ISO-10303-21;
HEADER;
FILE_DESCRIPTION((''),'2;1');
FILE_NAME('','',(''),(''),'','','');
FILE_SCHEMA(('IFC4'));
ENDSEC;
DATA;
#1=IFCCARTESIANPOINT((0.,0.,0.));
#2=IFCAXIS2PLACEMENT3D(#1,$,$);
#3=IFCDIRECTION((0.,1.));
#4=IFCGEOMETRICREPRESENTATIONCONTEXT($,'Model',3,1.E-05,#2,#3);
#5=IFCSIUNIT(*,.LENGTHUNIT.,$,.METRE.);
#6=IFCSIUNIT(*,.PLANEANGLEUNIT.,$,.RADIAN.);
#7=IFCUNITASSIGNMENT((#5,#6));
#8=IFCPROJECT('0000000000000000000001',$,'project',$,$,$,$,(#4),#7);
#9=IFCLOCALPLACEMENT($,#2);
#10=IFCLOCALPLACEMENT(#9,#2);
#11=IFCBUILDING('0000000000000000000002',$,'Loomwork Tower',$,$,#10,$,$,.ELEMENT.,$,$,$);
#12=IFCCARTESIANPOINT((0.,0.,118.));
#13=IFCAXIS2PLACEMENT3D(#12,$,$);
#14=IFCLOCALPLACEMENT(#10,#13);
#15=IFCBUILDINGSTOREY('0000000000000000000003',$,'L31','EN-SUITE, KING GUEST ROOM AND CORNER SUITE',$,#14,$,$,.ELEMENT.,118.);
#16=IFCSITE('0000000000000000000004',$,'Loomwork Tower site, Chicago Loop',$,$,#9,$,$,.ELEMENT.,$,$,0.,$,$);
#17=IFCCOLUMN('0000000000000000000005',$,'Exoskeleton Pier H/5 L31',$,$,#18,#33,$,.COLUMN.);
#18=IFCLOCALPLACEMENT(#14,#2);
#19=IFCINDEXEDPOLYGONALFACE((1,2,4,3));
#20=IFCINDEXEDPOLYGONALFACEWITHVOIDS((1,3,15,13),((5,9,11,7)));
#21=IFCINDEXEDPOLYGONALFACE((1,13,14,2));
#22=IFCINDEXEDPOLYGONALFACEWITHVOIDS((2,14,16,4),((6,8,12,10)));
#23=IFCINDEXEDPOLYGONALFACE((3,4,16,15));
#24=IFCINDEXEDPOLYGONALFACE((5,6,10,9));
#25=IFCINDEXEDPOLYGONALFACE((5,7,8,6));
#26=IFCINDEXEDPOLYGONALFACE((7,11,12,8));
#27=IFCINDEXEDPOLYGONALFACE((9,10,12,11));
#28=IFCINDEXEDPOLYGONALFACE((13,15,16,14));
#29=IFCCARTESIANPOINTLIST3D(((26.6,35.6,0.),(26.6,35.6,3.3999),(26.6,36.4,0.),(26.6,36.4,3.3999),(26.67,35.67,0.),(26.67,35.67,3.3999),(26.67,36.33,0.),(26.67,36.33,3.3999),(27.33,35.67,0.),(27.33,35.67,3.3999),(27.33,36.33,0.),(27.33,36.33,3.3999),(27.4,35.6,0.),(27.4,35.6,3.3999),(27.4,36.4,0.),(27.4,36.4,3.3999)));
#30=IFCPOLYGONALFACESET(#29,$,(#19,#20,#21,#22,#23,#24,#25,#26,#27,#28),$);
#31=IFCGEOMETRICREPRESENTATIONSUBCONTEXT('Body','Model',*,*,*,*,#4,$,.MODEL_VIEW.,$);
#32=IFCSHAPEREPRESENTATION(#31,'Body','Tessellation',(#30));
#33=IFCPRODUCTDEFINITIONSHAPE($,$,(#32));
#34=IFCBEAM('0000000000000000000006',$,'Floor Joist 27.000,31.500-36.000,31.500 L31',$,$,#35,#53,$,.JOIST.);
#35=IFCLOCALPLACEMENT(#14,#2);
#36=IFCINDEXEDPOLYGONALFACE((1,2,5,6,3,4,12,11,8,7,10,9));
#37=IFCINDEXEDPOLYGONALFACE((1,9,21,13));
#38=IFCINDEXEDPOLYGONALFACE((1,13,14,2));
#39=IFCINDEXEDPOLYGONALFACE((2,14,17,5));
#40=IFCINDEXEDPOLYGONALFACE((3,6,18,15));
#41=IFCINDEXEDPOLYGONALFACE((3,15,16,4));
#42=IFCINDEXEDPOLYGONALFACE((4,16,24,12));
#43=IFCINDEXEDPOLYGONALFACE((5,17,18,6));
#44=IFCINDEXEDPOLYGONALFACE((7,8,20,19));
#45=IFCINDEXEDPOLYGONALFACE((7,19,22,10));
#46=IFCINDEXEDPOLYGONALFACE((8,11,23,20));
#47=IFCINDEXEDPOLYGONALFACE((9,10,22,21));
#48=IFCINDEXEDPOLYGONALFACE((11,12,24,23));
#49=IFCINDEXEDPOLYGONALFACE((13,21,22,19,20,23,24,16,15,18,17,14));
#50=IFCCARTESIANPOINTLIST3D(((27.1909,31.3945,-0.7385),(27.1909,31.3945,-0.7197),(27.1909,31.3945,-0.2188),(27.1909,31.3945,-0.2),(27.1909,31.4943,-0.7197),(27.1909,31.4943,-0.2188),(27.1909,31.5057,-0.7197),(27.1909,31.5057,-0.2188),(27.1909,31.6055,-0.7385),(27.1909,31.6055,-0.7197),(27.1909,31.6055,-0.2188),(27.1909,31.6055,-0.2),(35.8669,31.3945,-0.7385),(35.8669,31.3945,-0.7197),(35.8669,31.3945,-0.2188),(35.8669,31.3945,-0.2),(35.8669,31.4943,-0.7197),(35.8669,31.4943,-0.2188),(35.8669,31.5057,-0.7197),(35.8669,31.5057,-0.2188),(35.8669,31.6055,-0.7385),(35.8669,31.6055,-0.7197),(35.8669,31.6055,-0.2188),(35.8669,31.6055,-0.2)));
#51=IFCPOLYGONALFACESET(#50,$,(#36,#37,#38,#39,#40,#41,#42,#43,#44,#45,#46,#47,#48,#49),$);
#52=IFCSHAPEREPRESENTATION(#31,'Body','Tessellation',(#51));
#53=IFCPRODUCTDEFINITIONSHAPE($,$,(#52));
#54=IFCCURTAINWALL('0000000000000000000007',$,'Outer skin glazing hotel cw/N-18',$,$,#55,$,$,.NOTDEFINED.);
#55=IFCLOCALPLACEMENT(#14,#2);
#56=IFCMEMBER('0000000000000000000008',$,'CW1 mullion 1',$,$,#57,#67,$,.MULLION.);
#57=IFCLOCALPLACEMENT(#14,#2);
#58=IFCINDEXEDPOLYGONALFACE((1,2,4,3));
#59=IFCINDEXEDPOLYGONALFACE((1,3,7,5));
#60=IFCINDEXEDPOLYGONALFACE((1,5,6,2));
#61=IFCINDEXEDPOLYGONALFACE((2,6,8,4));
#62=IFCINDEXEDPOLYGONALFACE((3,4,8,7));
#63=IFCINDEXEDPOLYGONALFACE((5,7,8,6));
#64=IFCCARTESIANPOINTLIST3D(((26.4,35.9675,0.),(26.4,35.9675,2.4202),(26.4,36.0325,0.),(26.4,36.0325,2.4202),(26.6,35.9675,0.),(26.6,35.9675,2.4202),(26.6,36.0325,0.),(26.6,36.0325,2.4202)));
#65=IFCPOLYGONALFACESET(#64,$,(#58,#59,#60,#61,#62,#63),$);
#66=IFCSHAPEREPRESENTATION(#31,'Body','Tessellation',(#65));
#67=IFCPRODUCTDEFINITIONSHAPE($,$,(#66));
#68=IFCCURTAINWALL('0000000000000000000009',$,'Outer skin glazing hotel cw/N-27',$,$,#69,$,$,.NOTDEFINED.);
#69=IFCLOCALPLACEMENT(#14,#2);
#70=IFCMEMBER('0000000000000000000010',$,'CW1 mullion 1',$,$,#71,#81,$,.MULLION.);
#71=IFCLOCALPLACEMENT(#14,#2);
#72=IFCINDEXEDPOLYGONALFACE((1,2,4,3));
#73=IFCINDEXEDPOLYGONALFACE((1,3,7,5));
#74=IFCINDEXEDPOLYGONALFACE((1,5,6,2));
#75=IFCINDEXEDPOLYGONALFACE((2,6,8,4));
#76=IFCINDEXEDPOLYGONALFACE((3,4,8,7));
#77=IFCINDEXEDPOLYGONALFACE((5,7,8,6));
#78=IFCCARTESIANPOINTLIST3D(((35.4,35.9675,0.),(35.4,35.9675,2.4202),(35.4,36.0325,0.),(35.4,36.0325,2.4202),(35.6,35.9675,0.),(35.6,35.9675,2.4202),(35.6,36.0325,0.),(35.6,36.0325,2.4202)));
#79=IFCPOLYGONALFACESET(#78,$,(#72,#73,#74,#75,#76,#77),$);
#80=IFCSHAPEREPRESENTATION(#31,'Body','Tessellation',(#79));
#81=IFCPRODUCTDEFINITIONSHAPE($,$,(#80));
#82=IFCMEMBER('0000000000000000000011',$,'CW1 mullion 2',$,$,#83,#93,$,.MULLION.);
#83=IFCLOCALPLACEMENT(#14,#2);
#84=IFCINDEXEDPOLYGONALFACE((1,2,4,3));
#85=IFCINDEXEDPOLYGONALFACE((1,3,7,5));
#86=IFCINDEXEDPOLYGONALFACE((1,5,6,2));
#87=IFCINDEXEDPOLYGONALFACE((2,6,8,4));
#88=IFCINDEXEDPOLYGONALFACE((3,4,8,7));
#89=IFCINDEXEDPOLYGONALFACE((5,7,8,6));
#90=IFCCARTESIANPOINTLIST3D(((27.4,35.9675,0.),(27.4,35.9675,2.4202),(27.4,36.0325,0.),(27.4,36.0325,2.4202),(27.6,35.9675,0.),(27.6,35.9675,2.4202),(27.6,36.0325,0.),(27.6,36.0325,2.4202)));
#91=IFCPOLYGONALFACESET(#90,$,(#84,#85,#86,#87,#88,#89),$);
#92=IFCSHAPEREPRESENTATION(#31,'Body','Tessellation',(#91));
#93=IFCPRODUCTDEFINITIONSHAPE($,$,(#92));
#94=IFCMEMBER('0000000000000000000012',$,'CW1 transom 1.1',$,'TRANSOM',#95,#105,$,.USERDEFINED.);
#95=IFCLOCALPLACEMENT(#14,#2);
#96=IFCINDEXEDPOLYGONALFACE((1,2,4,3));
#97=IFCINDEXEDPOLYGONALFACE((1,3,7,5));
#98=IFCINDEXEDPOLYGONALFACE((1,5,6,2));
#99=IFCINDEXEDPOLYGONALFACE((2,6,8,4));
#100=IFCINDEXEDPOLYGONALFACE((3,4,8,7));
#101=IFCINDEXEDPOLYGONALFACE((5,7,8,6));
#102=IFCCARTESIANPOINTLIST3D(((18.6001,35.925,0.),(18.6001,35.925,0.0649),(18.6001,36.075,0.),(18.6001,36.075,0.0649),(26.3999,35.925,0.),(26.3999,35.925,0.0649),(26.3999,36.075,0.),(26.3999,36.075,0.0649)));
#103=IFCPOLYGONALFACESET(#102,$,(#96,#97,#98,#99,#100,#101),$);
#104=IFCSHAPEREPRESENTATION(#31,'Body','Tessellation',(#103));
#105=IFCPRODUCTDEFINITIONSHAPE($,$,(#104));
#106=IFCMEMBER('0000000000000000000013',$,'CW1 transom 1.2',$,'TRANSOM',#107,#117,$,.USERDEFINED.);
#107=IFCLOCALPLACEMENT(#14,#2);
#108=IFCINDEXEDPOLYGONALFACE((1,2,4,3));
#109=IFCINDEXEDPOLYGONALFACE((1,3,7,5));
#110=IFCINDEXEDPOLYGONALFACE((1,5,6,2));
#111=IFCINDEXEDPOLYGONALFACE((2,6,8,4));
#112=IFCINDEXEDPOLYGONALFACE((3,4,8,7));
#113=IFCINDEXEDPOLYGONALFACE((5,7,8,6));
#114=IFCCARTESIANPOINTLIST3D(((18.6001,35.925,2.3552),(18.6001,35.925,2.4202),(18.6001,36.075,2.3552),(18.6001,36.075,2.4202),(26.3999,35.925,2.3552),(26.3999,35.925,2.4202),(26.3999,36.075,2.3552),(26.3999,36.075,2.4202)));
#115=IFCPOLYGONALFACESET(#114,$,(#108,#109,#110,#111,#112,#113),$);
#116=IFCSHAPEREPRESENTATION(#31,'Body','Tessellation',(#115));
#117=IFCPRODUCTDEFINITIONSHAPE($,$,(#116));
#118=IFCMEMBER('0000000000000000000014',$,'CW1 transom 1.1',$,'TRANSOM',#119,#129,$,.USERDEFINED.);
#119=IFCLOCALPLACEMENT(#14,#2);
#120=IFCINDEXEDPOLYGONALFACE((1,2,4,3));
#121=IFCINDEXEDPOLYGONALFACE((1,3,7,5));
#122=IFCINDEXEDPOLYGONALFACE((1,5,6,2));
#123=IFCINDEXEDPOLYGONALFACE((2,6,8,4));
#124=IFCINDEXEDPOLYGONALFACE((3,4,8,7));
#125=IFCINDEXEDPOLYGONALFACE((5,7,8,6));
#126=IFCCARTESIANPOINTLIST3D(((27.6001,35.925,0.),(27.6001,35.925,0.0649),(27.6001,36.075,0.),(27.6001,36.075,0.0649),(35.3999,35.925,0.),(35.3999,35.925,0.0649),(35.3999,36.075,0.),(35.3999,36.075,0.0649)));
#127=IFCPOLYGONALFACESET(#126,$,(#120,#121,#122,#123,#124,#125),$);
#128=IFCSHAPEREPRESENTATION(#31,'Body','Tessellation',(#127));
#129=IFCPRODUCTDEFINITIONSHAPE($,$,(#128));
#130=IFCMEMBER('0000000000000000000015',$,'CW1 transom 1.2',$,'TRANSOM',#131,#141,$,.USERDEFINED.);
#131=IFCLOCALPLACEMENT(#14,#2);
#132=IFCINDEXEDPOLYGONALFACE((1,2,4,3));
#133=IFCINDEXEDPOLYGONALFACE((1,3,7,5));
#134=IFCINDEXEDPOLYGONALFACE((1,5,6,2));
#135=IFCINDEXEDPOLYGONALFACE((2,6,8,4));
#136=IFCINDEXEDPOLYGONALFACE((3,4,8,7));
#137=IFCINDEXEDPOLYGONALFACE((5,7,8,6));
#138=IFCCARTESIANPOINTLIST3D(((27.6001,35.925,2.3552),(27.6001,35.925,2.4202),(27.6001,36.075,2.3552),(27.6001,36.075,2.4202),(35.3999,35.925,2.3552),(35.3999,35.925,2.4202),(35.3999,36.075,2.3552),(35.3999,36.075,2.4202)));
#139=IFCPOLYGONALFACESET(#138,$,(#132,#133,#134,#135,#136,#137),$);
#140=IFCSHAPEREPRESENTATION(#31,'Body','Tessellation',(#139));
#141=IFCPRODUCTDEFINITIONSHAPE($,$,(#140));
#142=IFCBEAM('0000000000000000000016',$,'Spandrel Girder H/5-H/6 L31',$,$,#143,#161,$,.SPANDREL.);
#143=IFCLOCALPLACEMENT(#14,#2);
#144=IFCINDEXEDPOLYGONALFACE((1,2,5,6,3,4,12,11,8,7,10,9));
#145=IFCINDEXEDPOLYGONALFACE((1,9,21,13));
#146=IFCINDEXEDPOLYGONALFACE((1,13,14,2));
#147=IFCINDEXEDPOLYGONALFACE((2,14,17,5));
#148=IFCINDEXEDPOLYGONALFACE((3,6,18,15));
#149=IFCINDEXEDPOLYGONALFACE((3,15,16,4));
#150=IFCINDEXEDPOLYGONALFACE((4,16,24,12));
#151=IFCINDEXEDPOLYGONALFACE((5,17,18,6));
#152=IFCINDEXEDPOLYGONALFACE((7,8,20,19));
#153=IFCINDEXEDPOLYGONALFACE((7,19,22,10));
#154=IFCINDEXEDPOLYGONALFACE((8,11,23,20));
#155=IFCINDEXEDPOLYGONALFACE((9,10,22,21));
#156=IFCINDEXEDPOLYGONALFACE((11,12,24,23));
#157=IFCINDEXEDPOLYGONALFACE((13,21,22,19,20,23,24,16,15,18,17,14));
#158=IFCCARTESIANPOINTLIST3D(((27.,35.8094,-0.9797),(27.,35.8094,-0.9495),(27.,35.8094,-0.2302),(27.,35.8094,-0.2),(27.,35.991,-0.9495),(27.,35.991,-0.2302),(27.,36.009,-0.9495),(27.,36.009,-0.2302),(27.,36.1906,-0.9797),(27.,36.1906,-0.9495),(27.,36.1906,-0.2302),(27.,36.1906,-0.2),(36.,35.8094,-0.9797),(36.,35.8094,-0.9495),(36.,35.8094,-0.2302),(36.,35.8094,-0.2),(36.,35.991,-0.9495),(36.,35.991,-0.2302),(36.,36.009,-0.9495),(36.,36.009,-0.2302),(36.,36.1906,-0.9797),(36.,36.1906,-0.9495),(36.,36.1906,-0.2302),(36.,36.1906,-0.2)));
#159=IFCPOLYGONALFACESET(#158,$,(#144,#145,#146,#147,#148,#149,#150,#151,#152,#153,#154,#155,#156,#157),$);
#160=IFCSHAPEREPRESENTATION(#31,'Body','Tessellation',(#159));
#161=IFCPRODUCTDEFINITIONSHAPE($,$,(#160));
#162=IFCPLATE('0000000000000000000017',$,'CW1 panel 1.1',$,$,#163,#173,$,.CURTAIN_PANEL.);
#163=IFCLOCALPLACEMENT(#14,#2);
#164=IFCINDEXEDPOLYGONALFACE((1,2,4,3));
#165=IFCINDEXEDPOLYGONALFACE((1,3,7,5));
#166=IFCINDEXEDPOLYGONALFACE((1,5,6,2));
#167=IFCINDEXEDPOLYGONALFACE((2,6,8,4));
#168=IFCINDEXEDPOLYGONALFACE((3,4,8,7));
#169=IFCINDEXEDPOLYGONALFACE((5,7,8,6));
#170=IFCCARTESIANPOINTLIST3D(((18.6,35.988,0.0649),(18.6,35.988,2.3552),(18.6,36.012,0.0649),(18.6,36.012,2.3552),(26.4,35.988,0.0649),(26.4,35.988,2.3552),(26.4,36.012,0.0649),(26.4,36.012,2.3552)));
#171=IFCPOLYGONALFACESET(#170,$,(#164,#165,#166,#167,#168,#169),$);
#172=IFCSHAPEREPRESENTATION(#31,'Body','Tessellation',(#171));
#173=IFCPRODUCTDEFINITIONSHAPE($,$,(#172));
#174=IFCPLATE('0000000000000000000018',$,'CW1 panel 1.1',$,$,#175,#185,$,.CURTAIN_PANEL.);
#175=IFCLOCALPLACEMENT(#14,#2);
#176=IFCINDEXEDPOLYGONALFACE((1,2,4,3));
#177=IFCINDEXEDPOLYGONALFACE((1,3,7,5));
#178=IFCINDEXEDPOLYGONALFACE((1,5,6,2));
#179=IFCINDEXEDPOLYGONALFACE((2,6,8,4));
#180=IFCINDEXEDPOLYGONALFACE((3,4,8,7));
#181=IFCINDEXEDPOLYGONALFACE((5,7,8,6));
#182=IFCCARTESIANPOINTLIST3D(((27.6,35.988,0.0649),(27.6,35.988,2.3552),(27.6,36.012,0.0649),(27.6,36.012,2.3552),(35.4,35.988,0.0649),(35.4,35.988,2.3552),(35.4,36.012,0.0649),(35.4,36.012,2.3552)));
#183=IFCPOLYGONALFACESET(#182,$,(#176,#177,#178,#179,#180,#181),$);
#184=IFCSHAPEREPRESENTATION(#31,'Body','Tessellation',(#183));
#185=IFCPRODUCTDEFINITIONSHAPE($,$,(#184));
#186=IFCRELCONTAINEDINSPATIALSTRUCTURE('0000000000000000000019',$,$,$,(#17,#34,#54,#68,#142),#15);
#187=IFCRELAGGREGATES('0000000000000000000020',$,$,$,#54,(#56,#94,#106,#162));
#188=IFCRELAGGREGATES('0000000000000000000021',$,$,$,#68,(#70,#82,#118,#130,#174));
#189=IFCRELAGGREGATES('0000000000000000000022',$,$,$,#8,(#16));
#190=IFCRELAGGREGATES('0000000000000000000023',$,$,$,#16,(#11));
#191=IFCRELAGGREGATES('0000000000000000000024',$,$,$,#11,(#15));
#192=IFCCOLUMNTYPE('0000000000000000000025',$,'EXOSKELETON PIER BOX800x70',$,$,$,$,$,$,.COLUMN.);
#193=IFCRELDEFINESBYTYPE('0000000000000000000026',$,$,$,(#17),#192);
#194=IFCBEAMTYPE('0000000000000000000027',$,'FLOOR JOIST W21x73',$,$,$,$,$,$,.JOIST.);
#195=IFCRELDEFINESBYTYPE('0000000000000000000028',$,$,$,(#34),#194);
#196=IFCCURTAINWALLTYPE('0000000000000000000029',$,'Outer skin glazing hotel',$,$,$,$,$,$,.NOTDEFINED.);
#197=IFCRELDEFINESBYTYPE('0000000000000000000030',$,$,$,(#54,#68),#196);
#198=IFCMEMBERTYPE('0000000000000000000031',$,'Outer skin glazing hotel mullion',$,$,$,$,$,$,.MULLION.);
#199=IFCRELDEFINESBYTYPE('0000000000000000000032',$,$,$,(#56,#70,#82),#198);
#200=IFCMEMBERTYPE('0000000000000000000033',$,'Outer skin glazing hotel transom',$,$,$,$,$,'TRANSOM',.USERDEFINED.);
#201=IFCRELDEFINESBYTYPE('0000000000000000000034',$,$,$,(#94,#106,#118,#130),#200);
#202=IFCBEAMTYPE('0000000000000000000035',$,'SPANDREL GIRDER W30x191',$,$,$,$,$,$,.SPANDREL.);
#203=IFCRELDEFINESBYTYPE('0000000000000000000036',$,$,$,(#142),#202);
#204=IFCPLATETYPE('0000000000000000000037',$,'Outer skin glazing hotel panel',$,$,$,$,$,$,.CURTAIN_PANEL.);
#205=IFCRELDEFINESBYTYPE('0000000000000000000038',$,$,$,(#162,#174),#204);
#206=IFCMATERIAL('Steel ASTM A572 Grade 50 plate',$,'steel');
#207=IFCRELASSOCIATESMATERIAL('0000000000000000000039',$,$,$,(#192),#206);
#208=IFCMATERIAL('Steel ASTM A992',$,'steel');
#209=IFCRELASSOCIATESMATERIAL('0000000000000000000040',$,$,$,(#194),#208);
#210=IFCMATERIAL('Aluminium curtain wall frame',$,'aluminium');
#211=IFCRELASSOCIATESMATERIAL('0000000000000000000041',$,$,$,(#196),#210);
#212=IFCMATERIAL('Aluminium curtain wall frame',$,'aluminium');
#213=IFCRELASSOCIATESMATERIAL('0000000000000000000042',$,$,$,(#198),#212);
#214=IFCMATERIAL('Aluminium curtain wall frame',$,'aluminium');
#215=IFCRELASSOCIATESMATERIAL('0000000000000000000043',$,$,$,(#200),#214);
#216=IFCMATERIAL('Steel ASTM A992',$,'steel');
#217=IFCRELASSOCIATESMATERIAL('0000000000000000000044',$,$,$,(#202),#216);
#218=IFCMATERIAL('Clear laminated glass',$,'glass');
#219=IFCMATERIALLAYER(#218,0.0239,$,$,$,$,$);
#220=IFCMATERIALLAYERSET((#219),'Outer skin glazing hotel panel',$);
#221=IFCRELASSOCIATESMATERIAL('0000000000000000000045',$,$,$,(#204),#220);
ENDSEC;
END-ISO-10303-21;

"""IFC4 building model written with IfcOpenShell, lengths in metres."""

from ifc_helpers import new_model, si_unit, direction, frame, origin, origin_2d, place, context, subcontext, project, spatial, rectangle, hollow_rectangle, i_section, extrude, material, layer, layer_set, material_profile, profile_set, type_object, element, aggregate, save


model = new_model("IFC4")

# Units and contexts
model_context = context("Model", 3, precision=1e-05, world=origin(), true_north=direction((0.0, 1.0)))
body_context = subcontext(model_context, "Body", "Model", "MODEL_VIEW")
ifc_project = project(units=[si_unit("LENGTHUNIT", "METRE"), si_unit("PLANEANGLEUNIT", "RADIAN")], contexts=[model_context])

# Site, building, storey
site_placement = place(None, origin())
site = spatial("IfcSite", under=ifc_project, at=site_placement, Name="Loomwork Tower site, Chicago Loop", CompositionType="ELEMENT", RefElevation=0.0)
building_placement = place(site_placement, origin())
building = spatial("IfcBuilding", under=site, at=building_placement, Name="Loomwork Tower", CompositionType="ELEMENT")
storey_placement = place(building_placement, frame((0.0, 0.0, 118.0)))
storey = spatial("IfcBuildingStorey", under=building, at=storey_placement, Name="L31", Description="EN-SUITE, KING GUEST ROOM AND CORNER SUITE", CompositionType="ELEMENT", Elevation=118.0)

# Column
ifc_material_1 = material(Name="Steel ASTM A572 Grade 50 plate", Category="steel")
ifc_material_profile_1 = material_profile(ifc_material_1, hollow_rectangle(XDim=0.8, YDim=0.8, WallThickness=0.0701, at=origin_2d()), Name="BOX800x70")
ifc_profile_set_1 = profile_set([ifc_material_profile_1], Name="Steel ASTM A572 Grade 50 plate")
column_type = type_object("IfcColumnType", Name="EXOSKELETON PIER BOX800x70", PredefinedType="COLUMN", material=ifc_profile_set_1)
column_placement = place(storey_placement, frame((27.0, 36.0, 0.0), z_axis=(0.0, 0.0, 1.0), x_axis=(1.0, 0.0, 0.0)))
element("IfcColumn", 1, at=column_placement, inside=storey, type_object=column_type, Name="Exoskeleton Pier H/5 L31", PredefinedType="COLUMN", context=body_context, shape_type="SweptSolid", body=[
    extrude(hollow_rectangle(XDim=0.8, YDim=0.8, WallThickness=0.0701, at=origin_2d()), origin(), (0.0, 0.0, 1.0), 3.3999),
])

# Beam
ifc_material_2 = material(Name="Steel ASTM A992", Category="steel")
ifc_material_profile_2 = material_profile(ifc_material_2, i_section(OverallWidth=0.2109, OverallDepth=0.5386, WebThickness=0.0115, FlangeThickness=0.0188, at=origin_2d()), Name="W21x73")
ifc_profile_set_2 = profile_set([ifc_material_profile_2], Name="Steel ASTM A992")
beam_type_1 = type_object("IfcBeamType", Name="FLOOR JOIST W21x73", PredefinedType="JOIST", material=ifc_profile_set_2)
beam_1_placement = place(storey_placement, frame((27.1909, 31.5, -0.4692), z_axis=(1.0, 0.0, 0.0), x_axis=(0.0, 1.0, 0.0)))
element("IfcBeam", 2, at=beam_1_placement, inside=storey, type_object=beam_type_1, Name="Floor Joist 27.000,31.500-36.000,31.500 L31", PredefinedType="JOIST", context=body_context, shape_type="SweptSolid", body=[
    extrude(i_section(OverallWidth=0.2109, OverallDepth=0.5386, WebThickness=0.0115, FlangeThickness=0.0188, at=origin_2d()), origin(), (0.0, 0.0, 1.0), 8.676),
])

# Curtain wall, member
ifc_material_3 = material(Name="Aluminium curtain wall frame", Category="aluminium")
curtain_wall_type = type_object("IfcCurtainWallType", Name="Outer skin glazing hotel", PredefinedType="NOTDEFINED", material=ifc_material_3)
curtain_wall_1_placement = place(storey_placement, origin())
curtain_wall_1 = element("IfcCurtainWall", 3, at=curtain_wall_1_placement, inside=storey, type_object=curtain_wall_type, Name="Outer skin glazing hotel cw/N-18", PredefinedType="NOTDEFINED")
ifc_material_4 = material(Name="Aluminium curtain wall frame", Category="aluminium")
ifc_material_profile_3 = material_profile(ifc_material_4, rectangle(XDim=0.0649, YDim=0.2, at=origin_2d()), Name="AL 65x200")
ifc_profile_set_3 = profile_set([ifc_material_profile_3], Name="Aluminium curtain wall frame")
member_type_1 = type_object("IfcMemberType", Name="Outer skin glazing hotel mullion", PredefinedType="MULLION", material=ifc_profile_set_3)
member_1_placement = place(storey_placement, frame((26.5, 36.0, 0.0), z_axis=(0.0, 0.0, 1.0), x_axis=(0.0, -1.0, 0.0)))
member_1 = element("IfcMember", 4, at=member_1_placement, type_object=member_type_1, Name="CW1 mullion 1", PredefinedType="MULLION", context=body_context, shape_type="SweptSolid", body=[
    extrude(rectangle(XDim=0.0649, YDim=0.2, at=origin_2d()), origin(), (0.0, 0.0, 1.0), 2.4202),
])

# Curtain wall, members
curtain_wall_2_placement = place(storey_placement, origin())
curtain_wall_2 = element("IfcCurtainWall", 5, at=curtain_wall_2_placement, inside=storey, type_object=curtain_wall_type, Name="Outer skin glazing hotel cw/N-27", PredefinedType="NOTDEFINED")
member_2_placement = place(storey_placement, frame((35.5, 36.0, 0.0), z_axis=(0.0, 0.0, 1.0), x_axis=(0.0, -1.0, 0.0)))
member_2 = element("IfcMember", 6, at=member_2_placement, type_object=member_type_1, Name="CW1 mullion 1", PredefinedType="MULLION", context=body_context, shape_type="SweptSolid", body=[
    extrude(rectangle(XDim=0.0649, YDim=0.2, at=origin_2d()), origin(), (0.0, 0.0, 1.0), 2.4202),
])
member_3_placement = place(storey_placement, frame((27.5, 36.0, 0.0), z_axis=(0.0, 0.0, 1.0), x_axis=(0.0, -1.0, 0.0)))
member_3 = element("IfcMember", 7, at=member_3_placement, type_object=member_type_1, Name="CW1 mullion 2", PredefinedType="MULLION", context=body_context, shape_type="SweptSolid", body=[
    extrude(rectangle(XDim=0.0649, YDim=0.2, at=origin_2d()), origin(), (0.0, 0.0, 1.0), 2.4202),
])

# Members
ifc_material_5 = material(Name="Aluminium curtain wall frame", Category="aluminium")
ifc_material_profile_4 = material_profile(ifc_material_5, rectangle(XDim=0.1499, YDim=0.0649, at=origin_2d()), Name="AL 65x150")
ifc_profile_set_4 = profile_set([ifc_material_profile_4], Name="Aluminium curtain wall frame")
member_type_2 = type_object("IfcMemberType", Name="Outer skin glazing hotel transom", ElementType="TRANSOM", PredefinedType="USERDEFINED", material=ifc_profile_set_4)
member_4_placement = place(storey_placement, frame((26.3999, 36.0, 0.0325), z_axis=(-1.0, 0.0, 0.0), x_axis=(0.0, -1.0, 0.0)))
member_4 = element("IfcMember", 8, at=member_4_placement, type_object=member_type_2, Name="CW1 transom 1.1", ObjectType="TRANSOM", PredefinedType="USERDEFINED", context=body_context, shape_type="SweptSolid", body=[
    extrude(rectangle(XDim=0.1499, YDim=0.0649, at=origin_2d()), origin(), (0.0, 0.0, 1.0), 7.7998),
])
member_5_placement = place(storey_placement, frame((26.3999, 36.0, 2.3877), z_axis=(-1.0, 0.0, 0.0), x_axis=(0.0, -1.0, 0.0)))
member_5 = element("IfcMember", 9, at=member_5_placement, type_object=member_type_2, Name="CW1 transom 1.2", ObjectType="TRANSOM", PredefinedType="USERDEFINED", context=body_context, shape_type="SweptSolid", body=[
    extrude(rectangle(XDim=0.1499, YDim=0.0649, at=origin_2d()), origin(), (0.0, 0.0, 1.0), 7.7998),
])
member_6_placement = place(storey_placement, frame((35.3999, 36.0, 0.0325), z_axis=(-1.0, 0.0, 0.0), x_axis=(0.0, -1.0, 0.0)))
member_6 = element("IfcMember", 10, at=member_6_placement, type_object=member_type_2, Name="CW1 transom 1.1", ObjectType="TRANSOM", PredefinedType="USERDEFINED", context=body_context, shape_type="SweptSolid", body=[
    extrude(rectangle(XDim=0.1499, YDim=0.0649, at=origin_2d()), origin(), (0.0, 0.0, 1.0), 7.7998),
])
member_7_placement = place(storey_placement, frame((35.3999, 36.0, 2.3877), z_axis=(-1.0, 0.0, 0.0), x_axis=(0.0, -1.0, 0.0)))
member_7 = element("IfcMember", 11, at=member_7_placement, type_object=member_type_2, Name="CW1 transom 1.2", ObjectType="TRANSOM", PredefinedType="USERDEFINED", context=body_context, shape_type="SweptSolid", body=[
    extrude(rectangle(XDim=0.1499, YDim=0.0649, at=origin_2d()), origin(), (0.0, 0.0, 1.0), 7.7998),
])

# Beam
ifc_material_6 = material(Name="Steel ASTM A992", Category="steel")
ifc_material_profile_5 = material_profile(ifc_material_6, i_section(OverallWidth=0.3811, OverallDepth=0.7798, WebThickness=0.0181, FlangeThickness=0.0303, at=origin_2d()), Name="W30x191")
ifc_profile_set_5 = profile_set([ifc_material_profile_5], Name="Steel ASTM A992")
beam_type_2 = type_object("IfcBeamType", Name="SPANDREL GIRDER W30x191", PredefinedType="SPANDREL", material=ifc_profile_set_5)
beam_2_placement = place(storey_placement, frame((27.0, 36.0, -0.5898), z_axis=(1.0, 0.0, 0.0), x_axis=(0.0, 1.0, 0.0)))
element("IfcBeam", 12, at=beam_2_placement, inside=storey, type_object=beam_type_2, Name="Spandrel Girder H/5-H/6 L31", PredefinedType="SPANDREL", context=body_context, shape_type="SweptSolid", body=[
    extrude(i_section(OverallWidth=0.3811, OverallDepth=0.7798, WebThickness=0.0181, FlangeThickness=0.0303, at=origin_2d()), origin(), (0.0, 0.0, 1.0), 9.0),
])

# Plates
ifc_material_7 = material(Name="Clear laminated glass", Category="glass")
ifc_layer_1 = layer(ifc_material_7, 0.0239)
ifc_layer_set_1 = layer_set([ifc_layer_1], Name="Outer skin glazing hotel panel")
plate_type = type_object("IfcPlateType", Name="Outer skin glazing hotel panel", PredefinedType="CURTAIN_PANEL", material=ifc_layer_set_1)
plate_1_placement = place(storey_placement, frame((22.5, 36.0, 0.0649), z_axis=(0.0, 0.0, 1.0), x_axis=(-1.0, 0.0, 0.0)))
plate_1 = element("IfcPlate", 13, at=plate_1_placement, type_object=plate_type, Name="CW1 panel 1.1", PredefinedType="CURTAIN_PANEL", context=body_context, shape_type="SweptSolid", body=[
    extrude(rectangle(XDim=7.8, YDim=0.0239, at=origin_2d()), origin(), (0.0, 0.0, 1.0), 2.2903),
])
aggregate(curtain_wall_1, [member_1, member_4, member_5, plate_1])
plate_2_placement = place(storey_placement, frame((31.5, 36.0, 0.0649), z_axis=(0.0, 0.0, 1.0), x_axis=(-1.0, 0.0, 0.0)))
plate_2 = element("IfcPlate", 14, at=plate_2_placement, type_object=plate_type, Name="CW1 panel 1.1", PredefinedType="CURTAIN_PANEL", context=body_context, shape_type="SweptSolid", body=[
    extrude(rectangle(XDim=7.8, YDim=0.0239, at=origin_2d()), origin(), (0.0, 0.0, 1.0), 2.2903),
])
aggregate(curtain_wall_2, [member_2, member_3, member_6, member_7, plate_2])

save(model, "model.ifc")
